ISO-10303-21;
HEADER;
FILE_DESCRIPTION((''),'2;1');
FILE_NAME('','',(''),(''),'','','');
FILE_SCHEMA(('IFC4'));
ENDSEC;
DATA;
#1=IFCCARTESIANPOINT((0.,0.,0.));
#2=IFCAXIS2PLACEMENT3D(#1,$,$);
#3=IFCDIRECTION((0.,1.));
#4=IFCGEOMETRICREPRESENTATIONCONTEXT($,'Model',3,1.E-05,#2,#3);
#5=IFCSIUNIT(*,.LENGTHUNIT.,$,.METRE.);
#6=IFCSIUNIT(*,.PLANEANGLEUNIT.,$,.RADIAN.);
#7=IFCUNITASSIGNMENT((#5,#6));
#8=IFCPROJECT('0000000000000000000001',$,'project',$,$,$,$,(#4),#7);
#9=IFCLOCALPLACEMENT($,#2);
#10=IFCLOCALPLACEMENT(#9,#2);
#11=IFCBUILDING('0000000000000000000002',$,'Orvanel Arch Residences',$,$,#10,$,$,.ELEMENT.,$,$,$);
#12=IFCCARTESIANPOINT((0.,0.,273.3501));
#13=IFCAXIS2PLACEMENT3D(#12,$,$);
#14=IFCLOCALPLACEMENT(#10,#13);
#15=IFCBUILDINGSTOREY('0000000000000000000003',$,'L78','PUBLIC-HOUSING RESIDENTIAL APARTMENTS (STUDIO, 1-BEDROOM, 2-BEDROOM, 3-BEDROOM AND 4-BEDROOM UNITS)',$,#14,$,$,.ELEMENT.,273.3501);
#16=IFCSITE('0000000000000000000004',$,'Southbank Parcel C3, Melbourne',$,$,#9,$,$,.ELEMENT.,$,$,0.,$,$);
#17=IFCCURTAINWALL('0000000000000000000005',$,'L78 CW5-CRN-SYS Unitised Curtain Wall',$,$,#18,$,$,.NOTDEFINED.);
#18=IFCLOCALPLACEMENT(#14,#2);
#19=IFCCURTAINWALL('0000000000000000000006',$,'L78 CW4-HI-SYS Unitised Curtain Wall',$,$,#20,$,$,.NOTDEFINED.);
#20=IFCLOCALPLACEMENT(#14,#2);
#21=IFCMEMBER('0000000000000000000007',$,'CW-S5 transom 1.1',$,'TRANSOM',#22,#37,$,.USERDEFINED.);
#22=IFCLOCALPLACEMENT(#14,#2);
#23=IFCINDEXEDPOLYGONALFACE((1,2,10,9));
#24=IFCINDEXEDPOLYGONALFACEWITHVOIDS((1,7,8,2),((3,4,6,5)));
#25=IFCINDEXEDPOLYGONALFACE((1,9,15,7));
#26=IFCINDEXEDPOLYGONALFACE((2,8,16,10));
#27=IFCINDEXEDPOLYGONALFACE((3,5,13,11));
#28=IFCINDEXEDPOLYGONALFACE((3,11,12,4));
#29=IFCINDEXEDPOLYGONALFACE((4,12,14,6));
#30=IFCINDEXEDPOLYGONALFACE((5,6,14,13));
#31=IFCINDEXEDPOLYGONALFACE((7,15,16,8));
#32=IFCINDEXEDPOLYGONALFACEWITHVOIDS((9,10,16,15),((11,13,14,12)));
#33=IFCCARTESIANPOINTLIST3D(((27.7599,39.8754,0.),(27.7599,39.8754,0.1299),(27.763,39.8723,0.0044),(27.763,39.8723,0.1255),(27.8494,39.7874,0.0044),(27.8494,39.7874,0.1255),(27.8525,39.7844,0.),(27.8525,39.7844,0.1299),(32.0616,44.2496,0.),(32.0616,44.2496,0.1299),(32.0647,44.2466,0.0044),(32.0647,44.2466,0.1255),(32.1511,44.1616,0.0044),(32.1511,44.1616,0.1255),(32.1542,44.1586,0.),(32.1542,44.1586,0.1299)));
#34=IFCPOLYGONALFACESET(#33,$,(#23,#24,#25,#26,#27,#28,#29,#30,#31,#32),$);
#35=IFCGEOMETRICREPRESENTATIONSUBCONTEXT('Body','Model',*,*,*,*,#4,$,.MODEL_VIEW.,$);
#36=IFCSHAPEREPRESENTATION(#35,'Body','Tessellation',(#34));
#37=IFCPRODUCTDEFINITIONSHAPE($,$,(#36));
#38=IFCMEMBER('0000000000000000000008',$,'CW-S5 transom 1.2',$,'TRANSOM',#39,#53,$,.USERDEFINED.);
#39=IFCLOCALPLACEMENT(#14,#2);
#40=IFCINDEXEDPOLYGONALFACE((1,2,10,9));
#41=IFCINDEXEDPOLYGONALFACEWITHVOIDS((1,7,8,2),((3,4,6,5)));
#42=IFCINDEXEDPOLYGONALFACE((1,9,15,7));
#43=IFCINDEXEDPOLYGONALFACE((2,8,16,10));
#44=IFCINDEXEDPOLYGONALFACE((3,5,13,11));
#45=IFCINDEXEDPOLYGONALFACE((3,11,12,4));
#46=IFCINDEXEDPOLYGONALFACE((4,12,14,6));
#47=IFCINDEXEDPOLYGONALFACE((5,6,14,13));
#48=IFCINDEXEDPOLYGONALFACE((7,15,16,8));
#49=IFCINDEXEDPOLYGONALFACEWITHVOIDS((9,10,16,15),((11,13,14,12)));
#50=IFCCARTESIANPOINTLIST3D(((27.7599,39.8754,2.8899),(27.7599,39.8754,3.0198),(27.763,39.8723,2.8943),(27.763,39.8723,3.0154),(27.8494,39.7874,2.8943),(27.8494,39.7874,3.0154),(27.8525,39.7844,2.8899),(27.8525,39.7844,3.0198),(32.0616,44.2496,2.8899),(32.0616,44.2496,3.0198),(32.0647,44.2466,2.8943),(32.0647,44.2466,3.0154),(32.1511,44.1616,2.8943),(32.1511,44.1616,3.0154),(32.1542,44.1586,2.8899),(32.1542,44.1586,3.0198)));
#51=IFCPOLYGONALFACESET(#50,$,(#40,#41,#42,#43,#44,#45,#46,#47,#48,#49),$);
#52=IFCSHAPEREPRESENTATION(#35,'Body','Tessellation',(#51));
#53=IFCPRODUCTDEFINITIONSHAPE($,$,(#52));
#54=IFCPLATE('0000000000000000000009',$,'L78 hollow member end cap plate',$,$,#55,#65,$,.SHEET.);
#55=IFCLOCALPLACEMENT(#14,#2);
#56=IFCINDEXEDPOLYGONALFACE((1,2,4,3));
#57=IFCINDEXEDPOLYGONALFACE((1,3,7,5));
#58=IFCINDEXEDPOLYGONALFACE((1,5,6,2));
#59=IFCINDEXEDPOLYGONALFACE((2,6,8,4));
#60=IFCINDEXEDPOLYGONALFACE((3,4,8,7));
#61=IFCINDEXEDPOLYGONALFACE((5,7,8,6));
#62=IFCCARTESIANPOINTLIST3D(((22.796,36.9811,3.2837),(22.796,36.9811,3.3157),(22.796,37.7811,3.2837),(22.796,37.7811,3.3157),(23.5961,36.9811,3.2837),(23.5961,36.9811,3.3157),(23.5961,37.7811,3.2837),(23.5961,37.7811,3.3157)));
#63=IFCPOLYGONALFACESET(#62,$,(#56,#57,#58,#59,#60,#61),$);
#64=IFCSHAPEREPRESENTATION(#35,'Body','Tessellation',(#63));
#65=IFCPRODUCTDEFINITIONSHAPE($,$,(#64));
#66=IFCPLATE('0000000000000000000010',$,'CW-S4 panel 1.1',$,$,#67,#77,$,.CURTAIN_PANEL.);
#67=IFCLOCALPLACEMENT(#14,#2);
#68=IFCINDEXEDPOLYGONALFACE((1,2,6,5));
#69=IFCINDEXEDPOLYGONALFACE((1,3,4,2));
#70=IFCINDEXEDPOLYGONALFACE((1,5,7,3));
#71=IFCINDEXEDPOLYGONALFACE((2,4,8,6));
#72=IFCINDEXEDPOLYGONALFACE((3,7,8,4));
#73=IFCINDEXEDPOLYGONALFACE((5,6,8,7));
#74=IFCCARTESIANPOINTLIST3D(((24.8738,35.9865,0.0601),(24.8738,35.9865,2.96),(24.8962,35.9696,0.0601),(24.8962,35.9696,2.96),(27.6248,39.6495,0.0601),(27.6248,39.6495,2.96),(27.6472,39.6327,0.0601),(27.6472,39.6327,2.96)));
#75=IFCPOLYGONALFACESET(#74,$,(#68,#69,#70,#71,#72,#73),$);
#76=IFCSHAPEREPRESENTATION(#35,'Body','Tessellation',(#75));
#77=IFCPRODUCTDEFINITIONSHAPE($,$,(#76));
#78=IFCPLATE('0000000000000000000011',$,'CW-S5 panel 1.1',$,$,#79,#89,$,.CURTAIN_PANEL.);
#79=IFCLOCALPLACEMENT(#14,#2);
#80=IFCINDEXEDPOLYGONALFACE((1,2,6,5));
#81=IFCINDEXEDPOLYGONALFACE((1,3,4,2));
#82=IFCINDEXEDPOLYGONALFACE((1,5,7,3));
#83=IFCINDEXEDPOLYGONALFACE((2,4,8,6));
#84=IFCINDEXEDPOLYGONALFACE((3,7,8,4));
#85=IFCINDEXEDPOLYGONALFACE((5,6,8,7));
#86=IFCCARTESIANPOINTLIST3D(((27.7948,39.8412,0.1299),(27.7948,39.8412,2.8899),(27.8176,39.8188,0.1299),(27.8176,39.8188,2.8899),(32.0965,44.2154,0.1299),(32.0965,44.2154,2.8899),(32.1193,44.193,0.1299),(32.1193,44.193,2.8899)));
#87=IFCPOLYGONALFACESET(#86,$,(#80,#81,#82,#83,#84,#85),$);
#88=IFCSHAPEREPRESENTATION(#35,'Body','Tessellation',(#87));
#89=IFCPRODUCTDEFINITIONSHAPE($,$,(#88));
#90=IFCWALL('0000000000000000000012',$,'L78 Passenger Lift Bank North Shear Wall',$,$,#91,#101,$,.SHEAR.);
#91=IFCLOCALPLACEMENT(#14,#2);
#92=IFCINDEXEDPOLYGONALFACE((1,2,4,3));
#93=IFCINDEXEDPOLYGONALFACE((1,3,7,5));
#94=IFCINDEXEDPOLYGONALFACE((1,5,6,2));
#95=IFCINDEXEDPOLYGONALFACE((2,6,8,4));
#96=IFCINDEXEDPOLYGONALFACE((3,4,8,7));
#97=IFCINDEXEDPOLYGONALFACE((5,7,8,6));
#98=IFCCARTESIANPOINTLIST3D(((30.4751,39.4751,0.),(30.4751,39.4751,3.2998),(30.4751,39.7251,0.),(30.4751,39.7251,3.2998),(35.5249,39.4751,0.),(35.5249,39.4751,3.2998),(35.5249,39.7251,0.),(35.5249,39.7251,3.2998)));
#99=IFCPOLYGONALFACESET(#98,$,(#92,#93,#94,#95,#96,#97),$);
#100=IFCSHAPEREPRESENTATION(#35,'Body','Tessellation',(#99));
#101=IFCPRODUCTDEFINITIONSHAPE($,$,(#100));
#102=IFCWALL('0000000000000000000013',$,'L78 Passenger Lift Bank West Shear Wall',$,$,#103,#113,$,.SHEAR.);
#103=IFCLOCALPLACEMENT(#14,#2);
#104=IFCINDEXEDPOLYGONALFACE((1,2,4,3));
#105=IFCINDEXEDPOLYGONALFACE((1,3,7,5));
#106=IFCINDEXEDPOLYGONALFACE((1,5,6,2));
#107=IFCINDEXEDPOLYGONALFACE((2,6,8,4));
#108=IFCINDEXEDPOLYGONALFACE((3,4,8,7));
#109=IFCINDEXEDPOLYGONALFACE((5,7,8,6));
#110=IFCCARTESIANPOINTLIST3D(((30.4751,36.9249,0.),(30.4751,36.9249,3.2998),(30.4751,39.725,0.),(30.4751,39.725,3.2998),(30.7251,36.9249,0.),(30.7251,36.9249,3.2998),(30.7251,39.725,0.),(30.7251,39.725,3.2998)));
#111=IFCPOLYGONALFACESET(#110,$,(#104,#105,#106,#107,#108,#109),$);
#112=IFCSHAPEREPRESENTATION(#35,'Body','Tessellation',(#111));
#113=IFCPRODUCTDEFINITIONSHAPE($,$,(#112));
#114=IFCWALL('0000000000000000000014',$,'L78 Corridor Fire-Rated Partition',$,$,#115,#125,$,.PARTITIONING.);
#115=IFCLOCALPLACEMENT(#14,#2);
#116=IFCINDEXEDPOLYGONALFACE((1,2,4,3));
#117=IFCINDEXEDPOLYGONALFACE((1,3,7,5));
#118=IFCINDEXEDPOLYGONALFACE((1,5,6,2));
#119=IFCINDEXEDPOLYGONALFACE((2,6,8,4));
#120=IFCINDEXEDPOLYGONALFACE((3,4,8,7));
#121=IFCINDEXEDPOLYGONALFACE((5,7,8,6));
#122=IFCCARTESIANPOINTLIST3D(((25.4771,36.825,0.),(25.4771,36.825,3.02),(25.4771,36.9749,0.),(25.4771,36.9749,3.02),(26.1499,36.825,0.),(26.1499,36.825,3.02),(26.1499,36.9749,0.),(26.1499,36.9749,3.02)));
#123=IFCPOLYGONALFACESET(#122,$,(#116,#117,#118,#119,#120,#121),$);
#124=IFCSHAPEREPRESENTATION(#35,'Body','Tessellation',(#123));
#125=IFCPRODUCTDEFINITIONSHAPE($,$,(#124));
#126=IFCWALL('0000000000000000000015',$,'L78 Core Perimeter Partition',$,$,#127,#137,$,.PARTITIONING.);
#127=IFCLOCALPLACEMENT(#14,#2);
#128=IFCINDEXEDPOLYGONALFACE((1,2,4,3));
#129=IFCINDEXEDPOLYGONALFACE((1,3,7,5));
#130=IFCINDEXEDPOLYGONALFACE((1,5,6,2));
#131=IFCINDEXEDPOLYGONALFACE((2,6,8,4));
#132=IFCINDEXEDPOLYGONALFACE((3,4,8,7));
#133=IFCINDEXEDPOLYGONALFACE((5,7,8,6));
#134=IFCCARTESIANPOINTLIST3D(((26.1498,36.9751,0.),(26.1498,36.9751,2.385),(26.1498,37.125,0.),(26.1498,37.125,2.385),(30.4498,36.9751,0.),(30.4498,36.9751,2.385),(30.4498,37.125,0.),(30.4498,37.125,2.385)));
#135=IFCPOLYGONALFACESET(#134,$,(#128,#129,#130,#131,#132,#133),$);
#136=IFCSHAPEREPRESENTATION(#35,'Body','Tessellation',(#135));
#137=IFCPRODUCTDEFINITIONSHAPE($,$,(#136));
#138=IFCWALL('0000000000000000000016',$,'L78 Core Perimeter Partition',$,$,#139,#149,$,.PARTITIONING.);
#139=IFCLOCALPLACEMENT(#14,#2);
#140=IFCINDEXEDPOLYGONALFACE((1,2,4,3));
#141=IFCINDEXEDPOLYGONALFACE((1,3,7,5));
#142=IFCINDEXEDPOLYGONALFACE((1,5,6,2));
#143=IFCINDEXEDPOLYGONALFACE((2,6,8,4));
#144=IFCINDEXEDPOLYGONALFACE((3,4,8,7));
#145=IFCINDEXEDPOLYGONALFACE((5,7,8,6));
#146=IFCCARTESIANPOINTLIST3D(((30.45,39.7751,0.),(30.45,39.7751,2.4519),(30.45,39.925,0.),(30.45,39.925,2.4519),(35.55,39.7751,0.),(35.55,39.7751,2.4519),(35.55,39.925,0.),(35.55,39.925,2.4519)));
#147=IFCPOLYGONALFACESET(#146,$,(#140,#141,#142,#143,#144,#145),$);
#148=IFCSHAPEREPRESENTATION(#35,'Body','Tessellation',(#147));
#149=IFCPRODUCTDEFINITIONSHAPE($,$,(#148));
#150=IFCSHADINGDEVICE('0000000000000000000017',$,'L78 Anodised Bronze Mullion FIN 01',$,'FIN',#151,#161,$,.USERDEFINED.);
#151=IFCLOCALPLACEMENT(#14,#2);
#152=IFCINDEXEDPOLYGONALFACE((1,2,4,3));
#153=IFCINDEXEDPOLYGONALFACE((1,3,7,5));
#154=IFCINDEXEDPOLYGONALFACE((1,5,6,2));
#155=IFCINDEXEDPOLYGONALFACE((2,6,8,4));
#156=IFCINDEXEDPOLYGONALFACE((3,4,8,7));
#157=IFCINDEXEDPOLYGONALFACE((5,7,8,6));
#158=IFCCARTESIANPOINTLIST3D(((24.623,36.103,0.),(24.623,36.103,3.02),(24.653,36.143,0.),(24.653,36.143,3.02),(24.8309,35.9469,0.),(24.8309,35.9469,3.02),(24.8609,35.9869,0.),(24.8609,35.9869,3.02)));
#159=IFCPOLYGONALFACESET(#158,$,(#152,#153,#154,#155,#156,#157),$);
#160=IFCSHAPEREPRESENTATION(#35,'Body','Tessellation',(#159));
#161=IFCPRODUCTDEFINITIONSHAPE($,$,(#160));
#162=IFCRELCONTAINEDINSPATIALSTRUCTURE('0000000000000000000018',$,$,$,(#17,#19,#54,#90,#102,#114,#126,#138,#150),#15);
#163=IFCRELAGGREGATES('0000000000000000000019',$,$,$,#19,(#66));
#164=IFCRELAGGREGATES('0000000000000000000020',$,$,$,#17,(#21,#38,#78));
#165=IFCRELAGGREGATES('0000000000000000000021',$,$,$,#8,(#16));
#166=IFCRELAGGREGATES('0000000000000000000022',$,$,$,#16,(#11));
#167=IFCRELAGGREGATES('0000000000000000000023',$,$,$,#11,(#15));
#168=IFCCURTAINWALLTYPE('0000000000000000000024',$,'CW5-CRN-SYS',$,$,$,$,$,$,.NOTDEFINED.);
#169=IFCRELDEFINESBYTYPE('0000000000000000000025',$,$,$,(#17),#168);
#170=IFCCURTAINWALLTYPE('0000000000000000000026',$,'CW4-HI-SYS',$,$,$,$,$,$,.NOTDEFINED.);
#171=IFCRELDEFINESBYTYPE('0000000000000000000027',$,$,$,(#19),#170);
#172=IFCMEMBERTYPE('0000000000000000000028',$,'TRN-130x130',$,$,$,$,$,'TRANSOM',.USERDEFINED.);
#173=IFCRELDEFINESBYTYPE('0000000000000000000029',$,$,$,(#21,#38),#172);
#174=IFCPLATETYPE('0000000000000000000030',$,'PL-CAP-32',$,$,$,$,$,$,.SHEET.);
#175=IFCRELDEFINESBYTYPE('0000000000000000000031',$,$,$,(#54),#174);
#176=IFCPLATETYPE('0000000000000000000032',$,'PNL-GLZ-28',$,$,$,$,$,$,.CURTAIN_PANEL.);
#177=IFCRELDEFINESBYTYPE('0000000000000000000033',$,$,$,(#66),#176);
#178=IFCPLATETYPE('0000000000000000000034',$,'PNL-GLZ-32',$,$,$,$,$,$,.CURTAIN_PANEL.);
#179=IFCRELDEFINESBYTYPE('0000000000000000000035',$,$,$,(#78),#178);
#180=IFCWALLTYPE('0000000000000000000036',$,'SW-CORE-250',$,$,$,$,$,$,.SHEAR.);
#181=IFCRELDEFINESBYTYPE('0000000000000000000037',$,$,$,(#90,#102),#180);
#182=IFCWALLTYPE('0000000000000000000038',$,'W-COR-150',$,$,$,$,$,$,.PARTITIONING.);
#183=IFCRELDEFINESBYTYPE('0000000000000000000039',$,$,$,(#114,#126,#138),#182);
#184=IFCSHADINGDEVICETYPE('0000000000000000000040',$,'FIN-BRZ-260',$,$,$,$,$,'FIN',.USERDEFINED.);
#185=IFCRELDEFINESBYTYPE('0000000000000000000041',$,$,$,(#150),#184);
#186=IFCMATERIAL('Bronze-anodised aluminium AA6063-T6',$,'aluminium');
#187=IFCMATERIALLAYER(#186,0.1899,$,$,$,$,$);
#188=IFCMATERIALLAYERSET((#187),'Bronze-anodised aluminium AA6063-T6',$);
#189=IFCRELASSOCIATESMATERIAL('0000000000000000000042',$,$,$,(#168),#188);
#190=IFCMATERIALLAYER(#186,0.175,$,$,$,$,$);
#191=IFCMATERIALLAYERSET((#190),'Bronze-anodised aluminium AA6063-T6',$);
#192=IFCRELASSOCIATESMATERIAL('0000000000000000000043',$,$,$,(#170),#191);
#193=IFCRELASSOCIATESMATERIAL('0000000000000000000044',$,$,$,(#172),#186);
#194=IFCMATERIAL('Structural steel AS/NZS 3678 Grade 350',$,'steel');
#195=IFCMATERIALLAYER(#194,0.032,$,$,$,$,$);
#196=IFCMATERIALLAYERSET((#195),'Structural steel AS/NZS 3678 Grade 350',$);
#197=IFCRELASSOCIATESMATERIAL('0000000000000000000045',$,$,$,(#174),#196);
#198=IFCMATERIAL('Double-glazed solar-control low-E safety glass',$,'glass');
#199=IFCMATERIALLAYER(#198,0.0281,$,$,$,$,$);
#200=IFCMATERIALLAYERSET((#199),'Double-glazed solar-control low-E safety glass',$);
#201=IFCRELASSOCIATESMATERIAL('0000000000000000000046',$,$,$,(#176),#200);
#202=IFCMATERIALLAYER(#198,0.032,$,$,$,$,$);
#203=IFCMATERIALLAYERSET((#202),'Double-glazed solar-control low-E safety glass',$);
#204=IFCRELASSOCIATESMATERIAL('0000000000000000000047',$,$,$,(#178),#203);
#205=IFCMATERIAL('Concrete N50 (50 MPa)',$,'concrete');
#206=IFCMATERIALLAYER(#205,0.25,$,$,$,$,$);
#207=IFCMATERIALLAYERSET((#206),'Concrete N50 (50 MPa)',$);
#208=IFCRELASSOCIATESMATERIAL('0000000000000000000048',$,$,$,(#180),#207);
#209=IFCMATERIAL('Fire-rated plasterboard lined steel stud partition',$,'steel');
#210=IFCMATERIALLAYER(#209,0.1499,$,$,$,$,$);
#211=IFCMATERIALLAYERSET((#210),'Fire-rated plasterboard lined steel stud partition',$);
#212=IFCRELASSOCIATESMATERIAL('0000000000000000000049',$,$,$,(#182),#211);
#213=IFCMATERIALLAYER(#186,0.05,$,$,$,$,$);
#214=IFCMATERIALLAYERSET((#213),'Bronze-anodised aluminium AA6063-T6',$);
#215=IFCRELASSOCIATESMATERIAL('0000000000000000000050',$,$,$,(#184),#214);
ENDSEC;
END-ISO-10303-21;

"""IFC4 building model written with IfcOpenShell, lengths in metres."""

from ifc_helpers import new_model, si_unit, direction, frame, frame_2d, origin, origin_2d, place, context, subcontext, project, spatial, rectangle, hollow_rectangle, extrude, material, layer, layer_set, material_profile, profile_set, type_object, element, aggregate, save


model = new_model("IFC4")

# Units and contexts
model_context = context("Model", 3, precision=1e-05, world=origin(), true_north=direction((0.0, 1.0)))
body_context = subcontext(model_context, "Body", "Model", "MODEL_VIEW")
ifc_project = project(units=[si_unit("LENGTHUNIT", "METRE"), si_unit("PLANEANGLEUNIT", "RADIAN")], contexts=[model_context])

# Site, building, storey
site_placement = place(None, origin())
site = spatial("IfcSite", under=ifc_project, at=site_placement, Name="Southbank Parcel C3, Melbourne", CompositionType="ELEMENT", RefElevation=0.0)
building_placement = place(site_placement, origin())
building = spatial("IfcBuilding", under=site, at=building_placement, Name="Orvanel Arch Residences", CompositionType="ELEMENT")
storey_placement = place(building_placement, frame((0.0, 0.0, 273.3501)))
storey = spatial("IfcBuildingStorey", under=building, at=storey_placement, Name="L78", Description="PUBLIC-HOUSING RESIDENTIAL APARTMENTS (STUDIO, 1-BEDROOM, 2-BEDROOM, 3-BEDROOM AND 4-BEDROOM UNITS)", CompositionType="ELEMENT", Elevation=273.3501)

# Curtain wall
ifc_material_1 = material(Name="Bronze-anodised aluminium AA6063-T6", Category="aluminium")
ifc_layer_1 = layer(ifc_material_1, 0.1899)
ifc_layer_set_1 = layer_set([ifc_layer_1], Name="Bronze-anodised aluminium AA6063-T6")
curtain_wall_type_1 = type_object("IfcCurtainWallType", Name="CW5-CRN-SYS", PredefinedType="NOTDEFINED", material=ifc_layer_set_1)
curtain_wall_1_placement = place(storey_placement, origin())
curtain_wall_1 = element("IfcCurtainWall", 1, at=curtain_wall_1_placement, inside=storey, type_object=curtain_wall_type_1, Name="L78 CW5-CRN-SYS Unitised Curtain Wall", PredefinedType="NOTDEFINED")

# Curtain wall
ifc_layer_2 = layer(ifc_material_1, 0.175)
ifc_layer_set_2 = layer_set([ifc_layer_2], Name="Bronze-anodised aluminium AA6063-T6")
curtain_wall_type_2 = type_object("IfcCurtainWallType", Name="CW4-HI-SYS", PredefinedType="NOTDEFINED", material=ifc_layer_set_2)
curtain_wall_2_placement = place(storey_placement, origin())
curtain_wall_2 = element("IfcCurtainWall", 2, at=curtain_wall_2_placement, inside=storey, type_object=curtain_wall_type_2, Name="L78 CW4-HI-SYS Unitised Curtain Wall", PredefinedType="NOTDEFINED")

# Members
ifc_material_profile_1 = material_profile(ifc_material_1, hollow_rectangle(XDim=0.1299, YDim=0.1299, WallThickness=0.0044, at=origin_2d()), Name="ALU130x130x4.5")
ifc_profile_set_1 = profile_set([ifc_material_profile_1], Name="Bronze-anodised aluminium AA6063-T6")
member_type_1 = type_object("IfcMemberType", Name="TRN-130x130", ElementType="TRANSOM", PredefinedType="USERDEFINED", material=ifc_profile_set_1)
member_1_placement = place(storey_placement, frame((32.1079, 44.2041, 0.0649), z_axis=(-0.701173, -0.712992, 0.0), x_axis=(0.712992, -0.701173, 0.0)))
member_1 = element("IfcMember", 3, at=member_1_placement, type_object=member_type_1, Name="CW-S5 transom 1.1", ObjectType="TRANSOM", PredefinedType="USERDEFINED", context=body_context, shape_type="SweptSolid", body=[
    extrude(hollow_rectangle(XDim=0.1299, YDim=0.1299, WallThickness=0.0044, at=origin_2d()), origin(), (0.0, 0.0, 1.0), 6.135),
])
member_2_placement = place(storey_placement, frame((32.1079, 44.2041, 2.9548), z_axis=(-0.701173, -0.712992, 0.0), x_axis=(0.712992, -0.701173, 0.0)))
member_2 = element("IfcMember", 4, at=member_2_placement, type_object=member_type_1, Name="CW-S5 transom 1.2", ObjectType="TRANSOM", PredefinedType="USERDEFINED", context=body_context, shape_type="SweptSolid", body=[
    extrude(hollow_rectangle(XDim=0.1299, YDim=0.1299, WallThickness=0.0044, at=origin_2d()), origin(), (0.0, 0.0, 1.0), 6.135),
])

# Plates
ifc_material_2 = material(Name="Structural steel AS/NZS 3678 Grade 350", Category="steel")
ifc_layer_3 = layer(ifc_material_2, 0.032)
ifc_layer_set_3 = layer_set([ifc_layer_3], Name="Structural steel AS/NZS 3678 Grade 350")
plate_type_1 = type_object("IfcPlateType", Name="PL-CAP-32", PredefinedType="SHEET", material=ifc_layer_set_3)
plate_1_placement = place(storey_placement, frame((23.196, 37.3811, 3.2837), z_axis=(0.0, 0.0, 1.0), x_axis=(1.0, 0.0, 0.0)))
element("IfcPlate", 5, at=plate_1_placement, inside=storey, type_object=plate_type_1, Name="L78 hollow member end cap plate", PredefinedType="SHEET", context=body_context, shape_type="SweptSolid", body=[
    extrude(rectangle(XDim=0.8, YDim=0.8, at=origin_2d()), origin(), (0.0, 0.0, 1.0), 0.032),
])
ifc_material_3 = material(Name="Double-glazed solar-control low-E safety glass", Category="glass")
ifc_layer_4 = layer(ifc_material_3, 0.0281)
ifc_layer_set_4 = layer_set([ifc_layer_4], Name="Double-glazed solar-control low-E safety glass")
plate_type_2 = type_object("IfcPlateType", Name="PNL-GLZ-28", PredefinedType="CURTAIN_PANEL", material=ifc_layer_set_4)
plate_2_placement = place(storey_placement, frame((26.2605, 37.8096, 0.0601), z_axis=(0.0, 0.0, 1.0), x_axis=(-0.600513, -0.799615, 0.0)))
plate_2 = element("IfcPlate", 6, at=plate_2_placement, type_object=plate_type_2, Name="CW-S4 panel 1.1", PredefinedType="CURTAIN_PANEL", context=body_context, shape_type="SweptSolid", body=[
    extrude(rectangle(XDim=4.5811, YDim=0.0281, at=origin_2d()), origin(), (0.0, 0.0, 1.0), 2.8999),
])
aggregate(curtain_wall_2, [plate_2])
ifc_layer_5 = layer(ifc_material_3, 0.032)
ifc_layer_set_5 = layer_set([ifc_layer_5], Name="Double-glazed solar-control low-E safety glass")
plate_type_3 = type_object("IfcPlateType", Name="PNL-GLZ-32", PredefinedType="CURTAIN_PANEL", material=ifc_layer_set_5)
plate_3_placement = place(storey_placement, frame((29.957, 42.0171, 0.1299), z_axis=(0.0, 0.0, 1.0), x_axis=(-0.701177, -0.712987, 0.0)))
plate_3 = element("IfcPlate", 7, at=plate_3_placement, type_object=plate_type_3, Name="CW-S5 panel 1.1", PredefinedType="CURTAIN_PANEL", context=body_context, shape_type="SweptSolid", body=[
    extrude(rectangle(XDim=6.135, YDim=0.032, at=origin_2d()), origin(), (0.0, 0.0, 1.0), 2.76),
])
aggregate(curtain_wall_1, [member_1, member_2, plate_3])

# Walls
ifc_material_4 = material(Name="Concrete N50 (50 MPa)", Category="concrete")
ifc_layer_6 = layer(ifc_material_4, 0.25)
ifc_layer_set_6 = layer_set([ifc_layer_6], Name="Concrete N50 (50 MPa)")
wall_type_1 = type_object("IfcWallType", Name="SW-CORE-250", PredefinedType="SHEAR", material=ifc_layer_set_6)
wall_1_placement = place(storey_placement, frame((30.4751, 39.6001, 0.0), z_axis=(0.0, 0.0, 1.0), x_axis=(1.0, 0.0, 0.0)))
element("IfcWall", 8, at=wall_1_placement, inside=storey, type_object=wall_type_1, Name="L78 Passenger Lift Bank North Shear Wall", PredefinedType="SHEAR", context=body_context, shape_type="SweptSolid", body=[
    extrude(rectangle(XDim=5.0498, YDim=0.25, at=frame_2d((2.5249, 0.0))), origin(), (0.0, 0.0, 1.0), 3.2998),
])
wall_2_placement = place(storey_placement, frame((30.6001, 36.925, 0.0), z_axis=(0.0, 0.0, 1.0), x_axis=(0.0, 1.0, 0.0)))
element("IfcWall", 9, at=wall_2_placement, inside=storey, type_object=wall_type_1, Name="L78 Passenger Lift Bank West Shear Wall", PredefinedType="SHEAR", context=body_context, shape_type="SweptSolid", body=[
    extrude(rectangle(XDim=2.8, YDim=0.25, at=frame_2d((1.3999, 0.0))), origin(), (0.0, 0.0, 1.0), 3.2998),
])
ifc_material_5 = material(Name="Fire-rated plasterboard lined steel stud partition", Category="steel")
ifc_layer_7 = layer(ifc_material_5, 0.1499)
ifc_layer_set_7 = layer_set([ifc_layer_7], Name="Fire-rated plasterboard lined steel stud partition")
wall_type_2 = type_object("IfcWallType", Name="W-COR-150", PredefinedType="PARTITIONING", material=ifc_layer_set_7)
wall_3_placement = place(storey_placement, frame((25.4771, 36.8999, 0.0), z_axis=(0.0, 0.0, 1.0), x_axis=(1.0, 0.0, 0.0)))
element("IfcWall", 10, at=wall_3_placement, inside=storey, type_object=wall_type_2, Name="L78 Corridor Fire-Rated Partition", PredefinedType="PARTITIONING", context=body_context, shape_type="SweptSolid", body=[
    extrude(rectangle(XDim=0.6729, YDim=0.1499, at=frame_2d((0.3364, 0.0))), origin(), (0.0, 0.0, 1.0), 3.02),
])
wall_4_placement = place(storey_placement, frame((26.1499, 37.05, 0.0), z_axis=(0.0, 0.0, 1.0), x_axis=(1.0, 0.0, 0.0)))
element("IfcWall", 11, at=wall_4_placement, inside=storey, type_object=wall_type_2, Name="L78 Core Perimeter Partition", PredefinedType="PARTITIONING", context=body_context, shape_type="SweptSolid", body=[
    extrude(rectangle(XDim=4.3, YDim=0.1499, at=frame_2d((2.1499, 0.0))), origin(), (0.0, 0.0, 1.0), 2.385),
])
wall_5_placement = place(storey_placement, frame((30.45, 39.8501, 0.0), z_axis=(0.0, 0.0, 1.0), x_axis=(1.0, 0.0, 0.0)))
element("IfcWall", 12, at=wall_5_placement, inside=storey, type_object=wall_type_2, Name="L78 Core Perimeter Partition", PredefinedType="PARTITIONING", context=body_context, shape_type="SweptSolid", body=[
    extrude(rectangle(XDim=5.1001, YDim=0.1499, at=frame_2d((2.55, 0.0))), origin(), (0.0, 0.0, 1.0), 2.4519),
])

# Shading device
ifc_layer_8 = layer(ifc_material_1, 0.05)
ifc_layer_set_8 = layer_set([ifc_layer_8], Name="Bronze-anodised aluminium AA6063-T6")
shading_device_type = type_object("IfcShadingDeviceType", Name="FIN-BRZ-260", ElementType="FIN", PredefinedType="USERDEFINED", material=ifc_layer_set_8)
shading_device_placement = place(storey_placement, frame((24.7419, 36.0449, 0.0), z_axis=(0.0, 0.0, 1.0), x_axis=(-0.799685, 0.60042, 0.0)))
element("IfcShadingDevice", 13, at=shading_device_placement, inside=storey, type_object=shading_device_type, Name="L78 Anodised Bronze Mullion FIN 01", ObjectType="FIN", PredefinedType="USERDEFINED", context=body_context, shape_type="SweptSolid", body=[
    extrude(rectangle(XDim=0.26, YDim=0.05, at=origin_2d()), origin(), (0.0, 0.0, 1.0), 3.02),
])

save(model, "model.ifc")
